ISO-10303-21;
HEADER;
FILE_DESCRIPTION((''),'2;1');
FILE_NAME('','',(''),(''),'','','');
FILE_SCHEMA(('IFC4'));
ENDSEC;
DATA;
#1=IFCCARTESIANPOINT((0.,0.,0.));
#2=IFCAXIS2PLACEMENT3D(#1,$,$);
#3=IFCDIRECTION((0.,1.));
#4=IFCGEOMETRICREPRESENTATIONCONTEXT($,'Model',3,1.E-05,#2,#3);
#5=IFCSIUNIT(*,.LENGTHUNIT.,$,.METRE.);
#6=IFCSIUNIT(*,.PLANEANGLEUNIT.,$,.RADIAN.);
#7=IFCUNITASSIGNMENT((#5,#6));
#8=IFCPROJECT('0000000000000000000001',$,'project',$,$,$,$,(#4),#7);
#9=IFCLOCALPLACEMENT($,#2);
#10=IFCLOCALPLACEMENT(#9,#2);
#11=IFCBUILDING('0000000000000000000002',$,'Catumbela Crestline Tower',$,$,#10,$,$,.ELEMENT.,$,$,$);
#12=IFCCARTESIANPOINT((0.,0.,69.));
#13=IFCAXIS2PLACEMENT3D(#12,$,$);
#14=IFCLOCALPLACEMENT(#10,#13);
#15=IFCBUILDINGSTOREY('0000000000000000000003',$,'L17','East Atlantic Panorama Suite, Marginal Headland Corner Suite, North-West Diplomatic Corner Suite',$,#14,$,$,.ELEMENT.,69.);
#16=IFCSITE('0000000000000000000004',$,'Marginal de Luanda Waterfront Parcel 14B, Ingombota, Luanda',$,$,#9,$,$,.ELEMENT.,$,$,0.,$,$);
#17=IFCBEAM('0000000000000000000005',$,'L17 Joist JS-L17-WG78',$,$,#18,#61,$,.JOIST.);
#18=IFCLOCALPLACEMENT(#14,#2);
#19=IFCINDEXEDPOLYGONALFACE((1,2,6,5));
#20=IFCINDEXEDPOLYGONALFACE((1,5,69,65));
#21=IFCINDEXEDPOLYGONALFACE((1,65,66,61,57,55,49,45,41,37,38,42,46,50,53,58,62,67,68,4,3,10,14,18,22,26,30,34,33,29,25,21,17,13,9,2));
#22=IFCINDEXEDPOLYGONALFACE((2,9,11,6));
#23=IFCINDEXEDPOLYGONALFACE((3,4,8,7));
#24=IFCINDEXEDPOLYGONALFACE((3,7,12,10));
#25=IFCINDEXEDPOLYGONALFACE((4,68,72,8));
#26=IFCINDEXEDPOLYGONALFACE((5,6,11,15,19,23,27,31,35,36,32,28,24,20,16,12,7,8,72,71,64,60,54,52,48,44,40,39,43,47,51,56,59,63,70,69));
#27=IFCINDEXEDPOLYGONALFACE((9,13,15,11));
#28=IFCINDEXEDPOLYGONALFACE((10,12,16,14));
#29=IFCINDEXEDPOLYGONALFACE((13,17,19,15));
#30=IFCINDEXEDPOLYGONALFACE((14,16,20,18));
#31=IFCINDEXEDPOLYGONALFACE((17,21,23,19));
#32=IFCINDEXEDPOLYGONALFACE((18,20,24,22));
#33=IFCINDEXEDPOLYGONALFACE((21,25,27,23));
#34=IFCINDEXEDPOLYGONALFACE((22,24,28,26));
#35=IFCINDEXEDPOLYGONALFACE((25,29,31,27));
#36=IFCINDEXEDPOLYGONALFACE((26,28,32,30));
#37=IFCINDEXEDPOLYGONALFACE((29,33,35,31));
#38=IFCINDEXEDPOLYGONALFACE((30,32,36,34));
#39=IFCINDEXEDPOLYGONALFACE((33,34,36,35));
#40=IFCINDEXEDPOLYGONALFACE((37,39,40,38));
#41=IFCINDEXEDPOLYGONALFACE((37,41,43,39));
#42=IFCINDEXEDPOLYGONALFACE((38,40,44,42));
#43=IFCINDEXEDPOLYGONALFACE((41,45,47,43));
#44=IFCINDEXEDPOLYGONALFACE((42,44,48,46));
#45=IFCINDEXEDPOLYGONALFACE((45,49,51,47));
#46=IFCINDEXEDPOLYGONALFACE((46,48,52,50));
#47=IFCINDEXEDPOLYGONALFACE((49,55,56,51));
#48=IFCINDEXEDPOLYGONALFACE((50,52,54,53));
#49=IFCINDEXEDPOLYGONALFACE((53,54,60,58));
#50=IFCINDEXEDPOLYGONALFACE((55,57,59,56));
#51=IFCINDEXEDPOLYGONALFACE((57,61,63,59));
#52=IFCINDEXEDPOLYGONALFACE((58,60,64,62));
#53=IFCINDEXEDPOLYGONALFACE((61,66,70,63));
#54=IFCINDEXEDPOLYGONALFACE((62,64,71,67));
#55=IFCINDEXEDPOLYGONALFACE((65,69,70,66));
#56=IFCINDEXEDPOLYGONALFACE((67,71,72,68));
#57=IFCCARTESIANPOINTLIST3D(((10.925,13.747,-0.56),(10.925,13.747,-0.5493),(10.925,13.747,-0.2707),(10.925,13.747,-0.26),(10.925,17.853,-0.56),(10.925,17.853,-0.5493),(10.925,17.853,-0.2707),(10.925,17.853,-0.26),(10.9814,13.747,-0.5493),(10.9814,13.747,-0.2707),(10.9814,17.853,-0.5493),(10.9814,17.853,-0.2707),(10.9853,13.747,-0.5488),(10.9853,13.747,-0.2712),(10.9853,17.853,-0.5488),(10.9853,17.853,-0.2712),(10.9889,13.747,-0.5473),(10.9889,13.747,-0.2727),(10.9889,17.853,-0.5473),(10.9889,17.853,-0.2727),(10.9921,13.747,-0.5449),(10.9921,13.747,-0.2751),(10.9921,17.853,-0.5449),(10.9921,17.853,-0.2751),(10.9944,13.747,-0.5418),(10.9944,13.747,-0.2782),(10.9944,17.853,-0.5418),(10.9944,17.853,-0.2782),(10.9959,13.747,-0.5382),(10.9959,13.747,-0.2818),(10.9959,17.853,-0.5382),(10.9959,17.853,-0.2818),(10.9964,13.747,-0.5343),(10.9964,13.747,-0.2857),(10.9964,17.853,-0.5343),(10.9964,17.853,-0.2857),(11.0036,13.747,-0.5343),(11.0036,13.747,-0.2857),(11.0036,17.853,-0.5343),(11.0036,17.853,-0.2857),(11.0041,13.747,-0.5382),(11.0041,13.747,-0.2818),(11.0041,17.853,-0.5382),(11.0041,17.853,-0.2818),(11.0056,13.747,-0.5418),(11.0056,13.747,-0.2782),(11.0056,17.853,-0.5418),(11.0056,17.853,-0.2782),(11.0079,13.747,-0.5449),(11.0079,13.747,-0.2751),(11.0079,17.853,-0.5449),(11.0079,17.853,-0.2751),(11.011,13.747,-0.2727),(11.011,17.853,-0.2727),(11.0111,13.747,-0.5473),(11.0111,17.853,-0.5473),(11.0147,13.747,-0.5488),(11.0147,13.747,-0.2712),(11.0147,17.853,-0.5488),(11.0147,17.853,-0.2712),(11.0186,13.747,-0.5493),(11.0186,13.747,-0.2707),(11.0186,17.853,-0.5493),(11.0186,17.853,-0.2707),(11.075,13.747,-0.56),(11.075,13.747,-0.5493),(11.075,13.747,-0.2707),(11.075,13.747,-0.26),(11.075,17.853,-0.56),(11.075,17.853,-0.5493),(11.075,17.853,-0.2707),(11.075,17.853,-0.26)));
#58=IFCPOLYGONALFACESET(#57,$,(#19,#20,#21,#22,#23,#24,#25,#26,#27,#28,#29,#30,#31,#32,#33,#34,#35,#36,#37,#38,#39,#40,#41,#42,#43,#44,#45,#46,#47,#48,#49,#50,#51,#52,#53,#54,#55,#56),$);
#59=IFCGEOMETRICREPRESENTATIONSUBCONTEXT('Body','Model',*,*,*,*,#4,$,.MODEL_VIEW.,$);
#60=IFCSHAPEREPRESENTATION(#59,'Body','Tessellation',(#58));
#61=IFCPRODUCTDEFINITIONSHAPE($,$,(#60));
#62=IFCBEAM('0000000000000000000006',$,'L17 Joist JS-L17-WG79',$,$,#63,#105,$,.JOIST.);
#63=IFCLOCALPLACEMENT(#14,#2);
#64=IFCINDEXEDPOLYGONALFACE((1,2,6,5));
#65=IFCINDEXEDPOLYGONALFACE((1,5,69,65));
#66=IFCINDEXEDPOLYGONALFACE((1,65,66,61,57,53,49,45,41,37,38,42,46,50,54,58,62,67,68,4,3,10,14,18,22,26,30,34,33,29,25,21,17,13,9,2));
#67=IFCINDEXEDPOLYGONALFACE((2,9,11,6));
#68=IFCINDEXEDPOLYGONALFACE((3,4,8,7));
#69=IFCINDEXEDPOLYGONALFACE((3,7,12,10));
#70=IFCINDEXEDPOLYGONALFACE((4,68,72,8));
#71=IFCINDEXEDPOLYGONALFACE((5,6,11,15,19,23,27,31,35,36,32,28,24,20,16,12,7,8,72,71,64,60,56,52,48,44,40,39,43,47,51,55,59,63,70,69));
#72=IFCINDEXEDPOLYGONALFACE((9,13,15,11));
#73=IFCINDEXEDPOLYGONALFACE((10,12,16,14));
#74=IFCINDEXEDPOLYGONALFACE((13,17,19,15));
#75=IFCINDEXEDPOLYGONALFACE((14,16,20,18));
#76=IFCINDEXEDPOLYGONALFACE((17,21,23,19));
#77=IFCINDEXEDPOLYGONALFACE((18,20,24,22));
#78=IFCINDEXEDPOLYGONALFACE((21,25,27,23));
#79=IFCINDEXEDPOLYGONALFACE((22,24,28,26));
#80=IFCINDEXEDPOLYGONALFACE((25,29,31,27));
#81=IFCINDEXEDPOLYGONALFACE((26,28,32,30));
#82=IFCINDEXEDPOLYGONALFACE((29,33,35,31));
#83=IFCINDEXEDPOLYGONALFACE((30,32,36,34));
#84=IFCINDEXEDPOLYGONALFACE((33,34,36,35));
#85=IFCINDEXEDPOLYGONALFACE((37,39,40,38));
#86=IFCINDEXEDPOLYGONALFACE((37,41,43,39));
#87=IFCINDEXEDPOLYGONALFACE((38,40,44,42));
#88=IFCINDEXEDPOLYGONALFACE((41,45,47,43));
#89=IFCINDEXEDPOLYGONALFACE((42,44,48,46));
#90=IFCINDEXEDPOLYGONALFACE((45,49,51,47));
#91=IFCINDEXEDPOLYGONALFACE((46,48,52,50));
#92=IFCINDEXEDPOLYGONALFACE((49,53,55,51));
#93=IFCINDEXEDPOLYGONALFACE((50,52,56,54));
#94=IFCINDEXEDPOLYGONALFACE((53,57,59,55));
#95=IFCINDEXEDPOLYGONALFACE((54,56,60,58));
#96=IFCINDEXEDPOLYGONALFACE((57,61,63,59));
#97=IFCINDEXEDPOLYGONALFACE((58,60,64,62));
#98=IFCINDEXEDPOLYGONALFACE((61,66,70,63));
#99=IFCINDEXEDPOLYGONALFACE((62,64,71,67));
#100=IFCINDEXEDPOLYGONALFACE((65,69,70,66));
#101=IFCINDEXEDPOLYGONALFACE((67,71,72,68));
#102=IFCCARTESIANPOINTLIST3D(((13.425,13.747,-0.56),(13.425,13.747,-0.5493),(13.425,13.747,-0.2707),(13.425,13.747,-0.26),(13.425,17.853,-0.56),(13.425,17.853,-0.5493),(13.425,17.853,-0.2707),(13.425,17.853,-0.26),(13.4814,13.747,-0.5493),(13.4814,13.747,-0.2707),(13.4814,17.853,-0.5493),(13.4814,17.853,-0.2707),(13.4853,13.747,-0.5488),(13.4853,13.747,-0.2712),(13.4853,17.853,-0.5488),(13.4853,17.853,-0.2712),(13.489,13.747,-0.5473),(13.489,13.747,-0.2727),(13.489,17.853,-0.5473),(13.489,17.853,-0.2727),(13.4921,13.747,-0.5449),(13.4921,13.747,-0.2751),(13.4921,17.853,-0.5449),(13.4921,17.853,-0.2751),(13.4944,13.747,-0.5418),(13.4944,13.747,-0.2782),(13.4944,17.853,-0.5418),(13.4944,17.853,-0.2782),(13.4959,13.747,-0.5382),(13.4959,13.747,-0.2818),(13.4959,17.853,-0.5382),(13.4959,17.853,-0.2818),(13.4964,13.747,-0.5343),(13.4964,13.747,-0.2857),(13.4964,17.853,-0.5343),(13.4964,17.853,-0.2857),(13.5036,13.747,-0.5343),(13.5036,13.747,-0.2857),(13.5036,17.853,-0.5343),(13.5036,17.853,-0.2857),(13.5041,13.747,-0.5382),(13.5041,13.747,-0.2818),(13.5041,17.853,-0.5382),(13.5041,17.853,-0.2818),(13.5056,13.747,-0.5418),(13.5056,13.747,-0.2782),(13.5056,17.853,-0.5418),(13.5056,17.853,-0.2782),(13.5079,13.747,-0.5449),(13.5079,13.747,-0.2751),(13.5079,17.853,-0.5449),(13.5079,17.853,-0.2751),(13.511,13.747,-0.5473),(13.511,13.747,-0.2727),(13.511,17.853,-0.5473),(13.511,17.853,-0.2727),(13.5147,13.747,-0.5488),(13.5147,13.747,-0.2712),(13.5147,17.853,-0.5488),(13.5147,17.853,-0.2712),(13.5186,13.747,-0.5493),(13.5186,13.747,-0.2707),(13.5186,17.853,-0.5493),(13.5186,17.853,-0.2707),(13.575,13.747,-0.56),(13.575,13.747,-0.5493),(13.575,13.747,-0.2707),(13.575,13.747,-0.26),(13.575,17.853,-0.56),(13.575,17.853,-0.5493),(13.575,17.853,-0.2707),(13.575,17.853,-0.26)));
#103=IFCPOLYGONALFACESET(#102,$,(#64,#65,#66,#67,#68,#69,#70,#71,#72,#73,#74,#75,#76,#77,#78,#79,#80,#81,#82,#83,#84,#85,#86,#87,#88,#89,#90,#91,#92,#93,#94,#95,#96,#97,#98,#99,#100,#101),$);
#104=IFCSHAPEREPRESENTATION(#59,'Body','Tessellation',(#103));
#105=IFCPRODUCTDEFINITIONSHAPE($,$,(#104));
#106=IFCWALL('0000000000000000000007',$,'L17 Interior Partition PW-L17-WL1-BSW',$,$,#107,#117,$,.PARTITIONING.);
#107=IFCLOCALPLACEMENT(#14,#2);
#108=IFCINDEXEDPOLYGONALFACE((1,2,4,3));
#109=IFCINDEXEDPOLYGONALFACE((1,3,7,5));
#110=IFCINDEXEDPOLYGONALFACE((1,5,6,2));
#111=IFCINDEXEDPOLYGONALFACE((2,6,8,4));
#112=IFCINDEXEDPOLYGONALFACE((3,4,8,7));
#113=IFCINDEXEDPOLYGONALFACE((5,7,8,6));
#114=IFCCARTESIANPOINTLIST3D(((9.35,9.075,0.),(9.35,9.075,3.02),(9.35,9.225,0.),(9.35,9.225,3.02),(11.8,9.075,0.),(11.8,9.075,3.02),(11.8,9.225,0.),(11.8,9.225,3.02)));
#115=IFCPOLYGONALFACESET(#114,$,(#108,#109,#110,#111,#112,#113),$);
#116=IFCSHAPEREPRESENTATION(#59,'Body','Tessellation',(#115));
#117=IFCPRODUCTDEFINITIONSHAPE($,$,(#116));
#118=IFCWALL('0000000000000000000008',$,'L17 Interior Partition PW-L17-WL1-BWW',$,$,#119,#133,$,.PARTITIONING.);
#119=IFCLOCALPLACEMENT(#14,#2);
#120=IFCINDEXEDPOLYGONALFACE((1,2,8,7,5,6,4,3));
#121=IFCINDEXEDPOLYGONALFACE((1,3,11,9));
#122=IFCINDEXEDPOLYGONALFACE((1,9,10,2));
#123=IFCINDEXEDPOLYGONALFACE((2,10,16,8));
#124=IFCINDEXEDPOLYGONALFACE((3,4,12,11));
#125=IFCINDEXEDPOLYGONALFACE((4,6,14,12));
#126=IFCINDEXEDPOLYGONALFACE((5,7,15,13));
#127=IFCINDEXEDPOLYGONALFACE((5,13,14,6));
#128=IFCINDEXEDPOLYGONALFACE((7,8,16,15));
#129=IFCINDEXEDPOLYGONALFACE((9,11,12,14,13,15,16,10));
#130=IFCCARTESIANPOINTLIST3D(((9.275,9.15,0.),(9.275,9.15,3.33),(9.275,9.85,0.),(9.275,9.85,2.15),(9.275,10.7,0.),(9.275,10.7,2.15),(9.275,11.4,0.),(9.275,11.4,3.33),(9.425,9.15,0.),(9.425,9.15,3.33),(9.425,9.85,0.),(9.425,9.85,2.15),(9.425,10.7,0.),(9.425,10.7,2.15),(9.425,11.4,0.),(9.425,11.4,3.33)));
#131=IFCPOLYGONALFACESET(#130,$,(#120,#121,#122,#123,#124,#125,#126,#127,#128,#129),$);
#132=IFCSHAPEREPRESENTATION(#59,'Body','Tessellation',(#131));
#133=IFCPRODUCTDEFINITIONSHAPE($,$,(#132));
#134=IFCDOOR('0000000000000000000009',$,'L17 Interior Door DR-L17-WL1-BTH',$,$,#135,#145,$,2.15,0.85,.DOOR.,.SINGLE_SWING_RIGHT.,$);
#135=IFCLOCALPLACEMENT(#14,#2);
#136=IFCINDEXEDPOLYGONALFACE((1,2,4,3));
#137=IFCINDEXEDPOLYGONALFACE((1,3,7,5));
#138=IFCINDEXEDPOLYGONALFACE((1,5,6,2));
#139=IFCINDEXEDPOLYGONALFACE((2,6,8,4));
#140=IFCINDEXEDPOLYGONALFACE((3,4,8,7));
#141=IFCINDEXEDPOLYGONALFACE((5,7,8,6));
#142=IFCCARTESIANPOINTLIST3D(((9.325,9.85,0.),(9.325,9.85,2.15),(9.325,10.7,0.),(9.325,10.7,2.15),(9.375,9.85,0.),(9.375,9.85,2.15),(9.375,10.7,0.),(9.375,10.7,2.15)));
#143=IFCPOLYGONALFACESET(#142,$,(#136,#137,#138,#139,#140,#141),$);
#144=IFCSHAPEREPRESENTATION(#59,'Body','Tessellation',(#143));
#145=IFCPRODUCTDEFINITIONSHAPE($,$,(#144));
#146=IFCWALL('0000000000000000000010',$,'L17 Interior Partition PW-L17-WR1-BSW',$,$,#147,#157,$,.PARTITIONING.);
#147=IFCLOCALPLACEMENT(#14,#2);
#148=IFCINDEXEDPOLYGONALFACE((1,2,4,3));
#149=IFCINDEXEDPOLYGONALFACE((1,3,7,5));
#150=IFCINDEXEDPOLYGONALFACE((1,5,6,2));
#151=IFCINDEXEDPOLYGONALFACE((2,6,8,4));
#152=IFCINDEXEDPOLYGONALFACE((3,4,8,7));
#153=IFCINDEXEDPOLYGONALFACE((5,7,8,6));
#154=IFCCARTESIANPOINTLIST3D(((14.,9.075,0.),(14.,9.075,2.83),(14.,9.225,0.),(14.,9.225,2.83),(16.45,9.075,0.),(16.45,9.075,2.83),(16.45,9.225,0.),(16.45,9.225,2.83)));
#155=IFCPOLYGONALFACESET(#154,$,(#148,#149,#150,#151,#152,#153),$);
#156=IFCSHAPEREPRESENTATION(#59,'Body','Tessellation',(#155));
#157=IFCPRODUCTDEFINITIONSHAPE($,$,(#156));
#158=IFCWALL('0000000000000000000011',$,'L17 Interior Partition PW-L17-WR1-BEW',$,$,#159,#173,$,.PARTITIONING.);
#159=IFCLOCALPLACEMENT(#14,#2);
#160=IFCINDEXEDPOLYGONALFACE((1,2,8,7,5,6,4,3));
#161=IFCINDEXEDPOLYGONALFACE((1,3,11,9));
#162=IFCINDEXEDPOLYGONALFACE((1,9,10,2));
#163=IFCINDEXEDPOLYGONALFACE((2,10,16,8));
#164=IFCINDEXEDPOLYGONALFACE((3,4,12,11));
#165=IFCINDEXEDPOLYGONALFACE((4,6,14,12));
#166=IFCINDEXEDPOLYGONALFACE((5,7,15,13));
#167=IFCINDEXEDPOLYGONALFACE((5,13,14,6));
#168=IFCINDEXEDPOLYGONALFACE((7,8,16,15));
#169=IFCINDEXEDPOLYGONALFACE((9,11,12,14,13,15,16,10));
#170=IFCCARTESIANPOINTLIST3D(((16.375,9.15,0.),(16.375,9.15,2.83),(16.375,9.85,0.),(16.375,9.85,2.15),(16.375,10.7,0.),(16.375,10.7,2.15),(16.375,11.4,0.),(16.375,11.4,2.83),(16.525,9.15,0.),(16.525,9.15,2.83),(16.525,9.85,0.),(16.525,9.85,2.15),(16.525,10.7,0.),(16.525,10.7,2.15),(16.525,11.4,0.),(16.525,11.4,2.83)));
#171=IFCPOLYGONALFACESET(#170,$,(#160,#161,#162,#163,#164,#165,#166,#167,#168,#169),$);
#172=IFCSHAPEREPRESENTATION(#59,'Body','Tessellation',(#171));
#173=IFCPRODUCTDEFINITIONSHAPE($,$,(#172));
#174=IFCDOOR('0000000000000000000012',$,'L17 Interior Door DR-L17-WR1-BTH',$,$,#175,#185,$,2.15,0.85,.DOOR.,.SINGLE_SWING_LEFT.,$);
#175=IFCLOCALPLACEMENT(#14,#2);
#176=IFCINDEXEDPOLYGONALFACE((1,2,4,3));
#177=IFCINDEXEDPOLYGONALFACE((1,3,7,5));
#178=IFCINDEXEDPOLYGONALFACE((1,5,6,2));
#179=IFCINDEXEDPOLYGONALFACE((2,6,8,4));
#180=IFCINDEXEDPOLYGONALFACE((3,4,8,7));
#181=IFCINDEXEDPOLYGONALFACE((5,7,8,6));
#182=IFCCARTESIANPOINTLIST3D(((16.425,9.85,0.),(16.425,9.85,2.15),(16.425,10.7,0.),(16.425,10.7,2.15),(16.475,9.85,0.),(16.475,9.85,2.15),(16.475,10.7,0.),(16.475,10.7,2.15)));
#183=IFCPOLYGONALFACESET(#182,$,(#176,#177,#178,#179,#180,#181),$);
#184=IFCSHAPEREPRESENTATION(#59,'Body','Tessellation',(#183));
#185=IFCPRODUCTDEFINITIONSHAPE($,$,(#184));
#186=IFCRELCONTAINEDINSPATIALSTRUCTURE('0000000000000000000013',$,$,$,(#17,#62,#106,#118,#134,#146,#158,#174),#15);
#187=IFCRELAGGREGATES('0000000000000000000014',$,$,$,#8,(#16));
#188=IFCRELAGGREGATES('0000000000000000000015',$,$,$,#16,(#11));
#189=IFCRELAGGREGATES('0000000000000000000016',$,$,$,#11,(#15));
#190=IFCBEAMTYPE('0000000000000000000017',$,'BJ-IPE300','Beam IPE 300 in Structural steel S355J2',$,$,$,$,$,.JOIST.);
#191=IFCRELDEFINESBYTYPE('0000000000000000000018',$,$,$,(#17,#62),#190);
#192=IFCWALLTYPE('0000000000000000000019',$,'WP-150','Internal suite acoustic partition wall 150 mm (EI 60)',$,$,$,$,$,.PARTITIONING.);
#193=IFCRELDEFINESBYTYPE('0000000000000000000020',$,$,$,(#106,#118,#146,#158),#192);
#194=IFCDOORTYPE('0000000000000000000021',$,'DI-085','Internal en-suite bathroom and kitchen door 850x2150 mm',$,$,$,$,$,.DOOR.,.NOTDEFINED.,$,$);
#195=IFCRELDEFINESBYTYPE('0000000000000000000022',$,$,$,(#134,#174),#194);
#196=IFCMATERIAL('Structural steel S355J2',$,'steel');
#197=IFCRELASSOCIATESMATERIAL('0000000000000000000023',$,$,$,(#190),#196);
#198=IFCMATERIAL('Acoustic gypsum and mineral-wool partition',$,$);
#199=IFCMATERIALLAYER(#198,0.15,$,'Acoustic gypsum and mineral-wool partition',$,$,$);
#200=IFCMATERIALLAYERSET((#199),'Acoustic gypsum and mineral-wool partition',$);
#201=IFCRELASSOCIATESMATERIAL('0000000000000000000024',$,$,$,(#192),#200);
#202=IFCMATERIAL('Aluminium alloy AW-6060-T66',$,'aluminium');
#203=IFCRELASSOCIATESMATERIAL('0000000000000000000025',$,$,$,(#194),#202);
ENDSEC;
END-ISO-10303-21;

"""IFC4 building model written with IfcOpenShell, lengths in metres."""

from ifc_helpers import new_model, si_unit, direction, frame, frame_2d, origin, origin_2d, place, context, subcontext, project, spatial, rectangle, i_section, extrude, material, layer, layer_set, material_profile, profile_set, type_object, element, fill, save


model = new_model("IFC4")

# Units and contexts
model_context = context("Model", 3, precision=1e-05, world=origin(), true_north=direction((0.0, 1.0)))
body_context = subcontext(model_context, "Body", "Model", "MODEL_VIEW")
ifc_project = project(units=[si_unit("LENGTHUNIT", "METRE"), si_unit("PLANEANGLEUNIT", "RADIAN")], contexts=[model_context])

# Site, building, storey
site_placement = place(None, origin())
site = spatial("IfcSite", under=ifc_project, at=site_placement, Name="Marginal de Luanda Waterfront Parcel 14B, Ingombota, Luanda", CompositionType="ELEMENT", RefElevation=0.0)
building_placement = place(site_placement, origin())
building = spatial("IfcBuilding", under=site, at=building_placement, Name="Catumbela Crestline Tower", CompositionType="ELEMENT")
storey_placement = place(building_placement, frame((0.0, 0.0, 69.0)))
storey = spatial("IfcBuildingStorey", under=building, at=storey_placement, Name="L17", Description="East Atlantic Panorama Suite, Marginal Headland Corner Suite, North-West Diplomatic Corner Suite", CompositionType="ELEMENT", Elevation=69.0)

# Beams
ifc_material_1 = material(Name="Structural steel S355J2", Category="steel")
ifc_material_profile_1 = material_profile(ifc_material_1, i_section(OverallWidth=0.15, OverallDepth=0.3, WebThickness=0.0071, FlangeThickness=0.0107, FilletRadius=0.015, at=origin_2d()), Name="IPE 300")
ifc_profile_set_1 = profile_set([ifc_material_profile_1], Name="Structural steel S355J2")
beam_type_1 = type_object("IfcBeamType", Name="BJ-IPE300", Description="Beam IPE 300 in Structural steel S355J2", PredefinedType="JOIST", material=ifc_profile_set_1)
for number, where, z_axis, x_axis, name in (
    (1, (11.0, 13.747, -0.41), (0.0, 1.0, 0.0), (-1.0, 0.0, 0.0), "L17 Joist JS-L17-WG78"),
    (2, (13.5, 13.747, -0.41), (0.0, 1.0, 0.0), (-1.0, 0.0, 0.0), "L17 Joist JS-L17-WG79"),
):
    element("IfcBeam", number, at=place(storey_placement, frame(where, z_axis=z_axis, x_axis=x_axis)), inside=storey, type_object=beam_type_1, Name=name, PredefinedType="JOIST", context=body_context, shape_type="SweptSolid", body=[
        extrude(i_section(OverallWidth=0.15, OverallDepth=0.3, WebThickness=0.0071, FlangeThickness=0.0107, FilletRadius=0.015, at=origin_2d()), origin(), (0.0, 0.0, 1.0), 4.106),
    ])

# Wall
ifc_material_2 = material(Name="Acoustic gypsum and mineral-wool partition")
ifc_layer = layer(ifc_material_2, 0.15, Name="Acoustic gypsum and mineral-wool partition")
ifc_layer_set = layer_set([ifc_layer], Name="Acoustic gypsum and mineral-wool partition")
wall_type = type_object("IfcWallType", Name="WP-150", Description="Internal suite acoustic partition wall 150 mm (EI 60)", PredefinedType="PARTITIONING", material=ifc_layer_set)
wall_1_placement = place(storey_placement, frame((9.35, 9.15, 0.0), z_axis=(0.0, 0.0, 1.0), x_axis=(1.0, 0.0, 0.0)))
element("IfcWall", 3, at=wall_1_placement, inside=storey, type_object=wall_type, Name="L17 Interior Partition PW-L17-WL1-BSW", PredefinedType="PARTITIONING", context=body_context, shape_type="SweptSolid", body=[
    extrude(rectangle(XDim=2.45, YDim=0.15, at=frame_2d((1.225, 0.0))), origin(), (0.0, 0.0, 1.0), 3.02),
])

# Wall, opening, door
wall_2_placement = place(storey_placement, frame((9.35, 9.15, 0.0), z_axis=(0.0, 0.0, 1.0), x_axis=(0.0, 1.0, 0.0)))
wall_2 = element("IfcWall", 4, at=wall_2_placement, inside=storey, type_object=wall_type, Name="L17 Interior Partition PW-L17-WL1-BWW", PredefinedType="PARTITIONING", context=body_context, shape_type="SweptSolid", body=[
    extrude(rectangle(XDim=2.25, YDim=0.15, at=frame_2d((1.125, 0.0))), origin(), (0.0, 0.0, 1.0), 3.33),
])
opening_1_placement = place(wall_2_placement, frame((0.7, 0.0, 0.0)))
opening_1 = element("IfcOpeningElement", 5, at=opening_1_placement, cuts=wall_2, PredefinedType="OPENING", context=body_context, shape_type="SweptSolid", body=[
    extrude(rectangle(XDim=0.85, YDim=2.15, at=frame_2d((0.425, 1.075))), frame((0.0, 0.085, 0.0), z_axis=(0.0, -1.0, 0.0), x_axis=(1.0, 0.0, 0.0)), (0.0, 0.0, 1.0), 0.17),
])
ifc_material_3 = material(Name="Aluminium alloy AW-6060-T66", Category="aluminium")
door_type = type_object("IfcDoorType", Name="DI-085", Description="Internal en-suite bathroom and kitchen door 850x2150 mm", OperationType="NOTDEFINED", PredefinedType="DOOR", material=ifc_material_3)
door_1_placement = place(opening_1_placement, origin())
door_1 = element("IfcDoor", 6, at=door_1_placement, inside=storey, type_object=door_type, Name="L17 Interior Door DR-L17-WL1-BTH", OperationType="SINGLE_SWING_RIGHT", OverallHeight=2.15, OverallWidth=0.85, PredefinedType="DOOR", context=body_context, shape_type="SweptSolid", body=[
    extrude(rectangle(XDim=0.85, YDim=2.15, at=frame_2d((0.425, 1.075))), frame((0.0, 0.025, 0.0), z_axis=(0.0, -1.0, 0.0), x_axis=(1.0, 0.0, 0.0)), (0.0, 0.0, 1.0), 0.05),
])
fill(opening_1, door_1)

# Wall
wall_3_placement = place(storey_placement, frame((14.0, 9.15, 0.0), z_axis=(0.0, 0.0, 1.0), x_axis=(1.0, 0.0, 0.0)))
element("IfcWall", 7, at=wall_3_placement, inside=storey, type_object=wall_type, Name="L17 Interior Partition PW-L17-WR1-BSW", PredefinedType="PARTITIONING", context=body_context, shape_type="SweptSolid", body=[
    extrude(rectangle(XDim=2.45, YDim=0.15, at=frame_2d((1.225, 0.0))), origin(), (0.0, 0.0, 1.0), 2.83),
])

# Wall, opening, door
wall_4_placement = place(storey_placement, frame((16.45, 9.15, 0.0), z_axis=(0.0, 0.0, 1.0), x_axis=(0.0, 1.0, 0.0)))
wall_4 = element("IfcWall", 8, at=wall_4_placement, inside=storey, type_object=wall_type, Name="L17 Interior Partition PW-L17-WR1-BEW", PredefinedType="PARTITIONING", context=body_context, shape_type="SweptSolid", body=[
    extrude(rectangle(XDim=2.25, YDim=0.15, at=frame_2d((1.125, 0.0))), origin(), (0.0, 0.0, 1.0), 2.83),
])
opening_2_placement = place(wall_4_placement, frame((0.7, 0.0, 0.0)))
opening_2 = element("IfcOpeningElement", 9, at=opening_2_placement, cuts=wall_4, PredefinedType="OPENING", context=body_context, shape_type="SweptSolid", body=[
    extrude(rectangle(XDim=0.85, YDim=2.15, at=frame_2d((0.425, 1.075))), frame((0.0, 0.085, 0.0), z_axis=(0.0, -1.0, 0.0), x_axis=(1.0, 0.0, 0.0)), (0.0, 0.0, 1.0), 0.17),
])
door_2_placement = place(opening_2_placement, origin())
door_2 = element("IfcDoor", 10, at=door_2_placement, inside=storey, type_object=door_type, Name="L17 Interior Door DR-L17-WR1-BTH", OperationType="SINGLE_SWING_LEFT", OverallHeight=2.15, OverallWidth=0.85, PredefinedType="DOOR", context=body_context, shape_type="SweptSolid", body=[
    extrude(rectangle(XDim=0.85, YDim=2.15, at=frame_2d((0.425, 1.075))), frame((0.0, 0.025, 0.0), z_axis=(0.0, -1.0, 0.0), x_axis=(1.0, 0.0, 0.0)), (0.0, 0.0, 1.0), 0.05),
])
fill(opening_2, door_2)

save(model, "model.ifc")
